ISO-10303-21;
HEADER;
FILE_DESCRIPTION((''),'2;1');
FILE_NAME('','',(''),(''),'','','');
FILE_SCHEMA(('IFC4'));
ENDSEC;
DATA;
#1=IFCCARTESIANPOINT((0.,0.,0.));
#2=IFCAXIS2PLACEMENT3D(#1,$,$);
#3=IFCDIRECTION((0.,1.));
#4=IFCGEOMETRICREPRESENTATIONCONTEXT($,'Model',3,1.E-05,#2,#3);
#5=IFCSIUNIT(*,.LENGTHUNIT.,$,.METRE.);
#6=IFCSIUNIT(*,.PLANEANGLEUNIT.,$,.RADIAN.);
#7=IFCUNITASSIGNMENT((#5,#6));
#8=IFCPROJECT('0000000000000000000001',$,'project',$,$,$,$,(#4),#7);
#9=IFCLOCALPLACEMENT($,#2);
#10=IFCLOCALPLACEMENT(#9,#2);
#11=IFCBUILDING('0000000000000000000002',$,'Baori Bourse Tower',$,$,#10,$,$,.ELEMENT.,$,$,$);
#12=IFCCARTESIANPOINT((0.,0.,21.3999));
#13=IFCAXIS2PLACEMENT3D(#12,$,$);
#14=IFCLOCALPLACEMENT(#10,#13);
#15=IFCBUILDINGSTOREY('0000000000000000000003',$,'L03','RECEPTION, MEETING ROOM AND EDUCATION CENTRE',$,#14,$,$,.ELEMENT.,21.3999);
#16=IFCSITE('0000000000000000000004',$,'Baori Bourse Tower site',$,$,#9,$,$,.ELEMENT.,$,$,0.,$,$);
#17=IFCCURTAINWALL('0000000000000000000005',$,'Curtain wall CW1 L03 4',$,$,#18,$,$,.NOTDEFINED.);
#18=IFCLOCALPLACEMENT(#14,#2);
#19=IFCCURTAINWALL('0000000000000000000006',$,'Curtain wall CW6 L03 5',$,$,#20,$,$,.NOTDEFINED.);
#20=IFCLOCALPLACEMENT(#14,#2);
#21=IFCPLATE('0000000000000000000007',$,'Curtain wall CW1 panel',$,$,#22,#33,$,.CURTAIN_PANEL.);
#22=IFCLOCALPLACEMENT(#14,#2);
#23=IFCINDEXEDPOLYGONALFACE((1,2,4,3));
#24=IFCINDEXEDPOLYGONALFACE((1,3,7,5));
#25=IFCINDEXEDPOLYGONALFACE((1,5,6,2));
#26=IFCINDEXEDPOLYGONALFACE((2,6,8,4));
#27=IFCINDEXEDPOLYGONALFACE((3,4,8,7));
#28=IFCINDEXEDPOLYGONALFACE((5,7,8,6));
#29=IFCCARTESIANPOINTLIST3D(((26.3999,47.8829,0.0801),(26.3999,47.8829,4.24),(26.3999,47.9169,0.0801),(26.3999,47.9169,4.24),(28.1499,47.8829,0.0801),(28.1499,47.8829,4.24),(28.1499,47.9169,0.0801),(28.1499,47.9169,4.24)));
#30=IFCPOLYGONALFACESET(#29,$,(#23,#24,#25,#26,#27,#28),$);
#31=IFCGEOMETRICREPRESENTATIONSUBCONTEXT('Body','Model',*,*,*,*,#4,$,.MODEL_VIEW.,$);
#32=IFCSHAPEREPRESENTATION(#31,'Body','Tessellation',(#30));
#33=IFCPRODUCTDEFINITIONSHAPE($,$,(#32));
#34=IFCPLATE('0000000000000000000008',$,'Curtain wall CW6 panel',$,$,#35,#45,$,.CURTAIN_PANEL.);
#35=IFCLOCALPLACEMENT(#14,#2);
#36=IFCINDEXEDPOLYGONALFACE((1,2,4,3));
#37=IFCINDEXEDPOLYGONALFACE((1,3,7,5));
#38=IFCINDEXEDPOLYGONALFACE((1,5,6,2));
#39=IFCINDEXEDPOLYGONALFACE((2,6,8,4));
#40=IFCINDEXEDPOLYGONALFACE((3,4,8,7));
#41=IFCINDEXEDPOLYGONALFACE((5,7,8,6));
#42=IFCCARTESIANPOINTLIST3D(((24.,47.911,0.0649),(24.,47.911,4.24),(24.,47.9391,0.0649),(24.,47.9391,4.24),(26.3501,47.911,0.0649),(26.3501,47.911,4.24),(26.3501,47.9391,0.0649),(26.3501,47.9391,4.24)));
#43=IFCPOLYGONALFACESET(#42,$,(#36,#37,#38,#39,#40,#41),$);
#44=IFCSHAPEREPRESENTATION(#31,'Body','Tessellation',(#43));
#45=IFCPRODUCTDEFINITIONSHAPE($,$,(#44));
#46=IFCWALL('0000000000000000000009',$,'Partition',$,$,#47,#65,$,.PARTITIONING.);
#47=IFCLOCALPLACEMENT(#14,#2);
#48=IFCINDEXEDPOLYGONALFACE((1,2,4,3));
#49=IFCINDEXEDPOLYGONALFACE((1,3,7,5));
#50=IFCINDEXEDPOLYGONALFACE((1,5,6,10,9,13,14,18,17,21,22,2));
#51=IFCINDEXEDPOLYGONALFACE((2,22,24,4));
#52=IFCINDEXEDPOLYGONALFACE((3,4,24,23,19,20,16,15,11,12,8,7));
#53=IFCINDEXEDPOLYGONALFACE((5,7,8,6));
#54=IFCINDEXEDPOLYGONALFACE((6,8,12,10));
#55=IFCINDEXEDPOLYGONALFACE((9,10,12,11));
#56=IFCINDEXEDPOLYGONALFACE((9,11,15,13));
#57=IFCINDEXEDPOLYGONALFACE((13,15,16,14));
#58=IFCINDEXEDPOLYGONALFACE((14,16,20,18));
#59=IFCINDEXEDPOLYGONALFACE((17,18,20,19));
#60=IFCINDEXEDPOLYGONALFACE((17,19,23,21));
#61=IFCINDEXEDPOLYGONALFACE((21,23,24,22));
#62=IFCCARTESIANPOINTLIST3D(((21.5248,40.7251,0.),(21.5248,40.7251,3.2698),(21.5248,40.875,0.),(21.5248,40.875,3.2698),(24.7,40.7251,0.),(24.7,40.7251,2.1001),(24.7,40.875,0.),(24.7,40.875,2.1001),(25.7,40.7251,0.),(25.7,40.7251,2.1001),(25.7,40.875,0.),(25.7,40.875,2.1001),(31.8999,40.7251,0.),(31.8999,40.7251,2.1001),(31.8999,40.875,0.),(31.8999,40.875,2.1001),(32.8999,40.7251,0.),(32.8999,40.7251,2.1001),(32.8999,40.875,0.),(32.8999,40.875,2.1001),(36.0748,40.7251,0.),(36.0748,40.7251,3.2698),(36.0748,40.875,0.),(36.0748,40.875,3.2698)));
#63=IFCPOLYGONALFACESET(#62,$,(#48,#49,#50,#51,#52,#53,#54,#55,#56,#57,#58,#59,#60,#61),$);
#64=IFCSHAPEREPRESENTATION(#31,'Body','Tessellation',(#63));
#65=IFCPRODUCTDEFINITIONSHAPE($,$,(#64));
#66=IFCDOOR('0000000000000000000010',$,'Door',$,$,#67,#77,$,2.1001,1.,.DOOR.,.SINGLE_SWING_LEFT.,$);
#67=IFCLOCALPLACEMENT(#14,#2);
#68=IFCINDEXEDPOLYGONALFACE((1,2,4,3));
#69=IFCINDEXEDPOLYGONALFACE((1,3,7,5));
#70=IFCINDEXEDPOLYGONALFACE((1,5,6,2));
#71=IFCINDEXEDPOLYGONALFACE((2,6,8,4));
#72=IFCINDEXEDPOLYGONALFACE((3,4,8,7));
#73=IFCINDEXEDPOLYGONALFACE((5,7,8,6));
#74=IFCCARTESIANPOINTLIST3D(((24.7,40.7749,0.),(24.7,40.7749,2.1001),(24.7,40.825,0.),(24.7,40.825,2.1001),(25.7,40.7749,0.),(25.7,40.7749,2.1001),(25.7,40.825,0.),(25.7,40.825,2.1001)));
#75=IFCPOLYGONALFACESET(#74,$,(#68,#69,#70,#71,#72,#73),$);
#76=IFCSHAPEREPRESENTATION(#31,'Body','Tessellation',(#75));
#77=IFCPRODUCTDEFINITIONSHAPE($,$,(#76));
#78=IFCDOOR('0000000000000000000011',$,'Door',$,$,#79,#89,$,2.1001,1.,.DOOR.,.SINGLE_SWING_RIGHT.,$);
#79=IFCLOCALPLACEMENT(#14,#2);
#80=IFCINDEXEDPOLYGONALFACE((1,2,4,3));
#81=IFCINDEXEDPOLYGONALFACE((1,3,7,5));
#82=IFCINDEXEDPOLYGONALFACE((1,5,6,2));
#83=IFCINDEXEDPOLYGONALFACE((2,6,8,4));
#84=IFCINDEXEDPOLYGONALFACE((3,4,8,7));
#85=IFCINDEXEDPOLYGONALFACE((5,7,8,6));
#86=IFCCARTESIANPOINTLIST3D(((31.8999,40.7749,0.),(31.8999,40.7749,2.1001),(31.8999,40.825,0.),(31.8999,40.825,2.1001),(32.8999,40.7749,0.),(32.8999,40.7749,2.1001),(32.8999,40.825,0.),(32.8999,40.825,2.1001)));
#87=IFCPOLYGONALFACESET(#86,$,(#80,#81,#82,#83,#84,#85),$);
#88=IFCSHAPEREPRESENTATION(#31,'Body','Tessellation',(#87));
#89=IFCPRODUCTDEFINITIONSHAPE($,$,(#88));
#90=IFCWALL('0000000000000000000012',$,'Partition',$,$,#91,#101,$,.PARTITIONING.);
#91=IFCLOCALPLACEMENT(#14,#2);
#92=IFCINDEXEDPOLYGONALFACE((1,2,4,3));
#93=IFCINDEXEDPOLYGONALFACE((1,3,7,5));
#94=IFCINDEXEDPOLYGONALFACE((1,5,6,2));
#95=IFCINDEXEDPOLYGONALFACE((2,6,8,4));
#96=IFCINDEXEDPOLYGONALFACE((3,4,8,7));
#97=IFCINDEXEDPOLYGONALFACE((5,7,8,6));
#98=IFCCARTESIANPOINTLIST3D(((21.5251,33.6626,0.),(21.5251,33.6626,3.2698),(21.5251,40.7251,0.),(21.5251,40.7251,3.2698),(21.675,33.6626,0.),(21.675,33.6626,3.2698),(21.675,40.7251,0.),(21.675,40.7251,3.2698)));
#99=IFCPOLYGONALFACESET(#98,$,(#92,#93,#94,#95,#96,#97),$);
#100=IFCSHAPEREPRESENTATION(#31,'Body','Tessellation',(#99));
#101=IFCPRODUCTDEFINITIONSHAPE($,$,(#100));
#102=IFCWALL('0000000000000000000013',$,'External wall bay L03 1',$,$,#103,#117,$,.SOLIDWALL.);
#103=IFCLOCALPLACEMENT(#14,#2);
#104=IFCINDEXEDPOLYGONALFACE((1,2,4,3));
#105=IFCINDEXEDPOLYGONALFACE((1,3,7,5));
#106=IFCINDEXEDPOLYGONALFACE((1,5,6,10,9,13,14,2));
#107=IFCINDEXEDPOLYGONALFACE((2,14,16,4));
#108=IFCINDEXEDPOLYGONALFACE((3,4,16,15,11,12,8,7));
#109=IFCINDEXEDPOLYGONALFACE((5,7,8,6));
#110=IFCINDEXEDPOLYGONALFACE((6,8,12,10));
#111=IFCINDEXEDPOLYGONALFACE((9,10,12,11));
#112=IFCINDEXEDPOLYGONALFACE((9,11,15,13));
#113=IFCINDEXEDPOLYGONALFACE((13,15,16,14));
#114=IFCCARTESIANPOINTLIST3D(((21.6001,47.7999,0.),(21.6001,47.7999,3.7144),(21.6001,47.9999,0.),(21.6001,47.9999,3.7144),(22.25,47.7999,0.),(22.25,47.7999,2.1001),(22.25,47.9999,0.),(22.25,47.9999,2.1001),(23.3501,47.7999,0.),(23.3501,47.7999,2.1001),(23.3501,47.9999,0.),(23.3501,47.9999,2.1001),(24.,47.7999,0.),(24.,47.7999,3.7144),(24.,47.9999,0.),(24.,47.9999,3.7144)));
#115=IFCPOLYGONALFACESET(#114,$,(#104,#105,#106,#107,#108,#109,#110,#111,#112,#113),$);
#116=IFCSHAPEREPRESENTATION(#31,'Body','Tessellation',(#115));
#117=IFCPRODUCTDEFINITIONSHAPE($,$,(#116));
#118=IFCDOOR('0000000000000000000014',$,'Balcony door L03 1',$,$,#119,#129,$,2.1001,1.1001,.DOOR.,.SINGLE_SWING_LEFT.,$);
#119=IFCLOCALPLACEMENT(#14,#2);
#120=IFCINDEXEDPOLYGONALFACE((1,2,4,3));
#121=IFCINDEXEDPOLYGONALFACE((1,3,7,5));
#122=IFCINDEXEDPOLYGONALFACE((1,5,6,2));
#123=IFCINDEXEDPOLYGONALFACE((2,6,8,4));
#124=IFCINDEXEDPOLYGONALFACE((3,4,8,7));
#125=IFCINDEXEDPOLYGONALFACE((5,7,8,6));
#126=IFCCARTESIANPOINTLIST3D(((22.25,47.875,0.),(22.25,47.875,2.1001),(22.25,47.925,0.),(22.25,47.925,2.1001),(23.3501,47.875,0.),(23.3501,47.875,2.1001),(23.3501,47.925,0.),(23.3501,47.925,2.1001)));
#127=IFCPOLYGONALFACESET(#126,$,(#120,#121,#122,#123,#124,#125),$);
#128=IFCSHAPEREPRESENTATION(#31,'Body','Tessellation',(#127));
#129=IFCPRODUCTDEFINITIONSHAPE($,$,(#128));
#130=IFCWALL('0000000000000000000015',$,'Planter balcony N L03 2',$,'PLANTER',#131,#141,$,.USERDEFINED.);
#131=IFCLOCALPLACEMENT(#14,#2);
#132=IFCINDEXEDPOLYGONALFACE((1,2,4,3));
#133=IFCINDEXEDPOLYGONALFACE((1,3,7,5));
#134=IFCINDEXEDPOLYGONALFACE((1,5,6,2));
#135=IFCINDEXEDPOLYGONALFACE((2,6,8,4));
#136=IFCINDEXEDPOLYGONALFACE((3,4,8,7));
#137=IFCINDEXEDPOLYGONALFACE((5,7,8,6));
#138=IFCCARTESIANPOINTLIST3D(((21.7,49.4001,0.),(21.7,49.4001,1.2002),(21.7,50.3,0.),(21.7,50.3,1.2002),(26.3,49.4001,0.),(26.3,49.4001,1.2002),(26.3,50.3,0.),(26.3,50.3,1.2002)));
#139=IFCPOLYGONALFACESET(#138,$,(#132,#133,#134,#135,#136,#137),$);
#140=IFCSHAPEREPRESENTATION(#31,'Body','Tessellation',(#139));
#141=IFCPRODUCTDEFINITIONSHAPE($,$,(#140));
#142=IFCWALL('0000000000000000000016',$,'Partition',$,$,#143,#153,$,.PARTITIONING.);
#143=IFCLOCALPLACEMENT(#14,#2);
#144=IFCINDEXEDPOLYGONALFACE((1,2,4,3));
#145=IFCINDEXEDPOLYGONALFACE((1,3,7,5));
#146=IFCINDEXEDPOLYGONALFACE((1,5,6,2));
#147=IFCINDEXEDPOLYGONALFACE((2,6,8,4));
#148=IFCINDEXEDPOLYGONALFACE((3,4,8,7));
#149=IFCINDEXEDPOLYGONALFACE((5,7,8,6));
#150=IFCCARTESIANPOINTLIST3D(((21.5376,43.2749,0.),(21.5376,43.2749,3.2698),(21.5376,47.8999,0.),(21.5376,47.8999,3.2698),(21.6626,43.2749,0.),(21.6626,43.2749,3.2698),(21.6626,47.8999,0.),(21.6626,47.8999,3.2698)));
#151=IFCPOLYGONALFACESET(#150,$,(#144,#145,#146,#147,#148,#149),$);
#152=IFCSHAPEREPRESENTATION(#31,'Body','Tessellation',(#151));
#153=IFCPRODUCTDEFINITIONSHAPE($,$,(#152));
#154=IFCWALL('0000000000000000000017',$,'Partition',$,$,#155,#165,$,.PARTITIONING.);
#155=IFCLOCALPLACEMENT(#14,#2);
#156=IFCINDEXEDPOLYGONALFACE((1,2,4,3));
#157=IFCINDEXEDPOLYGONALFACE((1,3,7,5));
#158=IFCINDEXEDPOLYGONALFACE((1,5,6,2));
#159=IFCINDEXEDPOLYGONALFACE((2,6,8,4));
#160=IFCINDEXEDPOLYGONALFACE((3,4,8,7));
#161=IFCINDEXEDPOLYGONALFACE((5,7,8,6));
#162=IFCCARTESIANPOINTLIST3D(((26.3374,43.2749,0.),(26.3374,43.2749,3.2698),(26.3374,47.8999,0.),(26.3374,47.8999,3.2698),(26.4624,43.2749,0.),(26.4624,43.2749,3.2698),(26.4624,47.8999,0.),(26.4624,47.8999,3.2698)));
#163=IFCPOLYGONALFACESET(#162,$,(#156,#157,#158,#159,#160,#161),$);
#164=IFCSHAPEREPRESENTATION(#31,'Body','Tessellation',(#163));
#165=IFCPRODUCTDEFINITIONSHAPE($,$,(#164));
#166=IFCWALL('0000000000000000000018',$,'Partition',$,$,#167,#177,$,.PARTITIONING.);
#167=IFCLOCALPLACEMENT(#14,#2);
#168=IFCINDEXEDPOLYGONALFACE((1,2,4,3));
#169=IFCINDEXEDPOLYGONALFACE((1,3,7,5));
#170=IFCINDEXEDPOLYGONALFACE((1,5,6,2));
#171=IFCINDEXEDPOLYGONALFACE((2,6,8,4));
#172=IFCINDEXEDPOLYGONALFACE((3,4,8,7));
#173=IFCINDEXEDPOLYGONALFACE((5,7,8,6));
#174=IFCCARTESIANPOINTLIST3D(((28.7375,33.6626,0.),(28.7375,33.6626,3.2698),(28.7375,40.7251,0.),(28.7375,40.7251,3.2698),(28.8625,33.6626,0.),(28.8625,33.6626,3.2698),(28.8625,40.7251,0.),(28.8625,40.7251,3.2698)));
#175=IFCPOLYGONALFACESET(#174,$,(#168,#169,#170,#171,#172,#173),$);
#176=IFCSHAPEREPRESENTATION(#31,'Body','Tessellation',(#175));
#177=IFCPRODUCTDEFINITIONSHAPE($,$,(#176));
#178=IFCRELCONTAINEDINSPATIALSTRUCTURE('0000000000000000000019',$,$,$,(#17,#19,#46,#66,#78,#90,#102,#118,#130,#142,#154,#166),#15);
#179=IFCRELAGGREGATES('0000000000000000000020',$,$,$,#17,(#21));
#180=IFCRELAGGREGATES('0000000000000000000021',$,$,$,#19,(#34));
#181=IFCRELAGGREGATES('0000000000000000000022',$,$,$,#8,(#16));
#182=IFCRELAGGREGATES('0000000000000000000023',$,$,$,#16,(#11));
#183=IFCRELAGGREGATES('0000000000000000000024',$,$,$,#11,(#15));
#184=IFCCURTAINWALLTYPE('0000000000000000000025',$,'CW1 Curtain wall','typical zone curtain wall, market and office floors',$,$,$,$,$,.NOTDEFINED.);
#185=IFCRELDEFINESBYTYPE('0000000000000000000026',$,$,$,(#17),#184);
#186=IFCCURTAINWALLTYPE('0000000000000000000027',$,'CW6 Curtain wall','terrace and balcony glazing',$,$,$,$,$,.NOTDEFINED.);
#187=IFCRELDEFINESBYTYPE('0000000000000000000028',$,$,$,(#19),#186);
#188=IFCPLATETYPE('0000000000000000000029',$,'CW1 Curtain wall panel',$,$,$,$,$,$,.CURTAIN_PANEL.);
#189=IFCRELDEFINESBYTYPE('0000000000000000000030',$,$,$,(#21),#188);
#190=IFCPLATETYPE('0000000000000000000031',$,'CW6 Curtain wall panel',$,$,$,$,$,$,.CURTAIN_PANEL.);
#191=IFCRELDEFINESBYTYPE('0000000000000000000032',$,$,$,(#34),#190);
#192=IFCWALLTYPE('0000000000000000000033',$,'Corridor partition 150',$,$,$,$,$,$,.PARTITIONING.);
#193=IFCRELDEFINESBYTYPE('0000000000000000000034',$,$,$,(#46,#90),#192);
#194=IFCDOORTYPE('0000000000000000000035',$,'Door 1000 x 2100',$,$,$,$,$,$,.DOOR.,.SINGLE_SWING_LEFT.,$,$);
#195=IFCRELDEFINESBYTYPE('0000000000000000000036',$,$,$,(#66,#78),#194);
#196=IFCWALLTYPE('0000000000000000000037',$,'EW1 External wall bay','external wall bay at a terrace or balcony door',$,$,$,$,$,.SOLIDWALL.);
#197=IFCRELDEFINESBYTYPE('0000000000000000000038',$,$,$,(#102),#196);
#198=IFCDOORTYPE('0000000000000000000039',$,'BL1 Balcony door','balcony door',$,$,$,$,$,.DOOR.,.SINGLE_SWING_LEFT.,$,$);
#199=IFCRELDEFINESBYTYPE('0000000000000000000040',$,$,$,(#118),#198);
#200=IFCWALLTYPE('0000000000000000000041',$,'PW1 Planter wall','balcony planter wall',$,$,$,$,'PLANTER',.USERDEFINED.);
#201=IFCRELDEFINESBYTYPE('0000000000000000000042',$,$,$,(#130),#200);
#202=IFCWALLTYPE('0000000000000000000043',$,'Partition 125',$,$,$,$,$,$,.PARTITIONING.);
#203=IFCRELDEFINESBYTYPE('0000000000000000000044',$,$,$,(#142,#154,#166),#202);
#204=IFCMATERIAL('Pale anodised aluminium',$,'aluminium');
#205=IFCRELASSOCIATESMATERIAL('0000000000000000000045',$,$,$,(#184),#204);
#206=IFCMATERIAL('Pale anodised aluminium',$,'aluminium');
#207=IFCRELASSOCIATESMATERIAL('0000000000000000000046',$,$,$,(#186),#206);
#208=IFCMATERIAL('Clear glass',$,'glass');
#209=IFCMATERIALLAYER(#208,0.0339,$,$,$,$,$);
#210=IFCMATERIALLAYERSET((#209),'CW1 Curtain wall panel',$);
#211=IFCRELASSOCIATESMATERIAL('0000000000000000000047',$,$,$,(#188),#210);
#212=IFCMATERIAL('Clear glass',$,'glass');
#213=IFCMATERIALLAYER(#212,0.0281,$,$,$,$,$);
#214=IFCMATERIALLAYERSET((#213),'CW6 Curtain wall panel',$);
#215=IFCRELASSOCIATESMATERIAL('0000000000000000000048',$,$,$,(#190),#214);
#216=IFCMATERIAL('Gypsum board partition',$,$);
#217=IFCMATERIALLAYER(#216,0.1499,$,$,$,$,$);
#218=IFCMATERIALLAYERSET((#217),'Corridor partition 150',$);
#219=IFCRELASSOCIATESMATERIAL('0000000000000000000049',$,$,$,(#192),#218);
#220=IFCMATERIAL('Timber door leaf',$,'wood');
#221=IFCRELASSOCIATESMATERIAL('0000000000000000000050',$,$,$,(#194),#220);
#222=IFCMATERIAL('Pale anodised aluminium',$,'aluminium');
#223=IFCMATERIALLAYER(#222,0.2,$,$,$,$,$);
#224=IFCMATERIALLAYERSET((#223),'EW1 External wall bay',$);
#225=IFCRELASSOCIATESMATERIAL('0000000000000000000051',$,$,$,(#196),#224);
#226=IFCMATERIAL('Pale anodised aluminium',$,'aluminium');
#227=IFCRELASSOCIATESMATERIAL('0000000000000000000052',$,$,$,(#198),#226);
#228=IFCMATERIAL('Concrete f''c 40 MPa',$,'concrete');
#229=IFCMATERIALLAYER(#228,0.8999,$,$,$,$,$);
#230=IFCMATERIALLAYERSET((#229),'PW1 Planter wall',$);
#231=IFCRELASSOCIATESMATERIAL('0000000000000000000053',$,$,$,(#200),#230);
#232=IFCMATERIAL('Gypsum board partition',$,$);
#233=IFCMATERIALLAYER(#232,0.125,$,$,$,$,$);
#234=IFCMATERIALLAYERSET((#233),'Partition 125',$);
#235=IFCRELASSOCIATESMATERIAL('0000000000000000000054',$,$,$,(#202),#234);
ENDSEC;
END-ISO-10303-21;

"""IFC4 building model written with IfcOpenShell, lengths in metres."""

from ifc_helpers import new_model, si_unit, direction, frame, frame_2d, origin, origin_2d, place, context, subcontext, project, spatial, rectangle, extrude, material, layer, layer_set, type_object, element, fill, aggregate, save


model = new_model("IFC4")

# Units and contexts
model_context = context("Model", 3, precision=1e-05, world=origin(), true_north=direction((0.0, 1.0)))
body_context = subcontext(model_context, "Body", "Model", "MODEL_VIEW")
ifc_project = project(units=[si_unit("LENGTHUNIT", "METRE"), si_unit("PLANEANGLEUNIT", "RADIAN")], contexts=[model_context])

# Site, building, storey
site_placement = place(None, origin())
site = spatial("IfcSite", under=ifc_project, at=site_placement, Name="Baori Bourse Tower site", CompositionType="ELEMENT", RefElevation=0.0)
building_placement = place(site_placement, origin())
building = spatial("IfcBuilding", under=site, at=building_placement, Name="Baori Bourse Tower", CompositionType="ELEMENT")
storey_placement = place(building_placement, frame((0.0, 0.0, 21.3999)))
storey = spatial("IfcBuildingStorey", under=building, at=storey_placement, Name="L03", Description="RECEPTION, MEETING ROOM AND EDUCATION CENTRE", CompositionType="ELEMENT", Elevation=21.3999)

# Curtain wall
ifc_material_1 = material(Name="Pale anodised aluminium", Category="aluminium")
curtain_wall_type_1 = type_object("IfcCurtainWallType", Name="CW1 Curtain wall", Description="typical zone curtain wall, market and office floors", PredefinedType="NOTDEFINED", material=ifc_material_1)
curtain_wall_1_placement = place(storey_placement, origin())
curtain_wall_1 = element("IfcCurtainWall", 1, at=curtain_wall_1_placement, inside=storey, type_object=curtain_wall_type_1, Name="Curtain wall CW1 L03 4", PredefinedType="NOTDEFINED")

# Curtain wall
ifc_material_2 = material(Name="Pale anodised aluminium", Category="aluminium")
curtain_wall_type_2 = type_object("IfcCurtainWallType", Name="CW6 Curtain wall", Description="terrace and balcony glazing", PredefinedType="NOTDEFINED", material=ifc_material_2)
curtain_wall_2_placement = place(storey_placement, origin())
curtain_wall_2 = element("IfcCurtainWall", 2, at=curtain_wall_2_placement, inside=storey, type_object=curtain_wall_type_2, Name="Curtain wall CW6 L03 5", PredefinedType="NOTDEFINED")

# Plates
ifc_material_3 = material(Name="Clear glass", Category="glass")
ifc_layer_1 = layer(ifc_material_3, 0.0339)
ifc_layer_set_1 = layer_set([ifc_layer_1], Name="CW1 Curtain wall panel")
plate_type_1 = type_object("IfcPlateType", Name="CW1 Curtain wall panel", PredefinedType="CURTAIN_PANEL", material=ifc_layer_set_1)
plate_1_placement = place(storey_placement, frame((27.2749, 47.8999, 0.0801), z_axis=(0.0, 0.0, 1.0), x_axis=(-1.0, 0.0, 0.0)))
plate_1 = element("IfcPlate", 3, at=plate_1_placement, type_object=plate_type_1, Name="Curtain wall CW1 panel", PredefinedType="CURTAIN_PANEL", context=body_context, shape_type="SweptSolid", body=[
    extrude(rectangle(XDim=1.75, YDim=0.0339, at=origin_2d()), origin(), (0.0, 0.0, 1.0), 4.1599),
])
aggregate(curtain_wall_1, [plate_1])
ifc_material_4 = material(Name="Clear glass", Category="glass")
ifc_layer_2 = layer(ifc_material_4, 0.0281)
ifc_layer_set_2 = layer_set([ifc_layer_2], Name="CW6 Curtain wall panel")
plate_type_2 = type_object("IfcPlateType", Name="CW6 Curtain wall panel", PredefinedType="CURTAIN_PANEL", material=ifc_layer_set_2)
plate_2_placement = place(storey_placement, frame((25.175, 47.925, 0.0649), z_axis=(0.0, 0.0, 1.0), x_axis=(-1.0, 0.0, 0.0)))
plate_2 = element("IfcPlate", 4, at=plate_2_placement, type_object=plate_type_2, Name="Curtain wall CW6 panel", PredefinedType="CURTAIN_PANEL", context=body_context, shape_type="SweptSolid", body=[
    extrude(rectangle(XDim=2.3501, YDim=0.0281, at=origin_2d()), origin(), (0.0, 0.0, 1.0), 4.175),
])
aggregate(curtain_wall_2, [plate_2])

# Wall, openings, doors
ifc_material_5 = material(Name="Gypsum board partition")
ifc_layer_3 = layer(ifc_material_5, 0.1499)
ifc_layer_set_3 = layer_set([ifc_layer_3], Name="Corridor partition 150")
wall_type_1 = type_object("IfcWallType", Name="Corridor partition 150", PredefinedType="PARTITIONING", material=ifc_layer_set_3)
wall_1_placement = place(storey_placement, frame((21.5249, 40.8, 0.0), z_axis=(0.0, 0.0, 1.0), x_axis=(1.0, 0.0, 0.0)))
wall_1 = element("IfcWall", 5, at=wall_1_placement, inside=storey, type_object=wall_type_1, Name="Partition", PredefinedType="PARTITIONING", context=body_context, shape_type="SweptSolid", body=[
    extrude(rectangle(XDim=14.55, YDim=0.1499, at=frame_2d((7.2749, 0.0))), origin(), (0.0, 0.0, 1.0), 3.2698),
])
opening_1_placement = place(wall_1_placement, frame((3.175, 0.0, 0.0)))
opening_1 = element("IfcOpeningElement", 6, at=opening_1_placement, cuts=wall_1, PredefinedType="OPENING", context=body_context, shape_type="SweptSolid", body=[
    extrude(rectangle(XDim=1.0, YDim=2.1001, at=frame_2d((0.5, 1.05))), frame((0.0, 0.085, 0.0), z_axis=(0.0, -1.0, 0.0), x_axis=(1.0, 0.0, 0.0)), (0.0, 0.0, 1.0), 0.1699),
])
opening_2_placement = place(wall_1_placement, frame((10.375, 0.0, 0.0)))
opening_2 = element("IfcOpeningElement", 7, at=opening_2_placement, cuts=wall_1, PredefinedType="OPENING", context=body_context, shape_type="SweptSolid", body=[
    extrude(rectangle(XDim=1.0, YDim=2.1001, at=frame_2d((0.5, 1.05))), frame((0.0, 0.085, 0.0), z_axis=(0.0, -1.0, 0.0), x_axis=(1.0, 0.0, 0.0)), (0.0, 0.0, 1.0), 0.1699),
])
ifc_material_6 = material(Name="Timber door leaf", Category="wood")
door_type_1 = type_object("IfcDoorType", Name="Door 1000 x 2100", OperationType="SINGLE_SWING_LEFT", PredefinedType="DOOR", material=ifc_material_6)
door_1_placement = place(opening_1_placement, origin())
door_1 = element("IfcDoor", 8, at=door_1_placement, inside=storey, type_object=door_type_1, Name="Door", OperationType="SINGLE_SWING_LEFT", OverallHeight=2.1001, OverallWidth=1.0, PredefinedType="DOOR", context=body_context, shape_type="SweptSolid", body=[
    extrude(rectangle(XDim=1.0, YDim=2.1001, at=frame_2d((0.5, 1.05))), frame((0.0, 0.0249, 0.0), z_axis=(0.0, -1.0, 0.0), x_axis=(1.0, 0.0, 0.0)), (0.0, 0.0, 1.0), 0.05),
])
fill(opening_1, door_1)
door_2_placement = place(opening_2_placement, origin())
door_2 = element("IfcDoor", 9, at=door_2_placement, inside=storey, type_object=door_type_1, Name="Door", OperationType="SINGLE_SWING_RIGHT", OverallHeight=2.1001, OverallWidth=1.0, PredefinedType="DOOR", context=body_context, shape_type="SweptSolid", body=[
    extrude(rectangle(XDim=1.0, YDim=2.1001, at=frame_2d((0.5, 1.05))), frame((0.0, 0.0249, 0.0), z_axis=(0.0, -1.0, 0.0), x_axis=(1.0, 0.0, 0.0)), (0.0, 0.0, 1.0), 0.05),
])
fill(opening_2, door_2)

# Wall
wall_2_placement = place(storey_placement, frame((21.6001, 33.6626, 0.0), z_axis=(0.0, 0.0, 1.0), x_axis=(0.0, 1.0, 0.0)))
element("IfcWall", 10, at=wall_2_placement, inside=storey, type_object=wall_type_1, Name="Partition", PredefinedType="PARTITIONING", context=body_context, shape_type="SweptSolid", body=[
    extrude(rectangle(XDim=7.0625, YDim=0.1499, at=frame_2d((3.5312, 0.0))), origin(), (0.0, 0.0, 1.0), 3.2698),
])

# Wall, opening, door
ifc_material_7 = material(Name="Pale anodised aluminium", Category="aluminium")
ifc_layer_4 = layer(ifc_material_7, 0.2)
ifc_layer_set_4 = layer_set([ifc_layer_4], Name="EW1 External wall bay")
wall_type_2 = type_object("IfcWallType", Name="EW1 External wall bay", Description="external wall bay at a terrace or balcony door", PredefinedType="SOLIDWALL", material=ifc_layer_set_4)
wall_3_placement = place(storey_placement, frame((24.0, 47.8999, 0.0), z_axis=(0.0, 0.0, 1.0), x_axis=(-1.0, 0.0, 0.0)))
wall_3 = element("IfcWall", 11, at=wall_3_placement, inside=storey, type_object=wall_type_2, Name="External wall bay L03 1", PredefinedType="SOLIDWALL", context=body_context, shape_type="SweptSolid", body=[
    extrude(rectangle(XDim=2.3999, YDim=0.2, at=frame_2d((1.2, 0.0))), origin(), (0.0, 0.0, 1.0), 3.7144),
])
opening_3_placement = place(wall_3_placement, frame((0.6499, 0.0, 0.0)))
opening_3 = element("IfcOpeningElement", 12, at=opening_3_placement, cuts=wall_3, PredefinedType="OPENING", context=body_context, shape_type="SweptSolid", body=[
    extrude(rectangle(XDim=1.1001, YDim=2.1001, at=frame_2d((0.55, 1.05))), frame((0.0, 0.1099, 0.0), z_axis=(0.0, -1.0, 0.0), x_axis=(1.0, 0.0, 0.0)), (0.0, 0.0, 1.0), 0.22),
])
ifc_material_8 = material(Name="Pale anodised aluminium", Category="aluminium")
door_type_2 = type_object("IfcDoorType", Name="BL1 Balcony door", Description="balcony door", OperationType="SINGLE_SWING_LEFT", PredefinedType="DOOR", material=ifc_material_8)
door_3_placement = place(opening_3_placement, origin())
door_3 = element("IfcDoor", 13, at=door_3_placement, inside=storey, type_object=door_type_2, Name="Balcony door L03 1", OperationType="SINGLE_SWING_LEFT", OverallHeight=2.1001, OverallWidth=1.1001, PredefinedType="DOOR", context=body_context, shape_type="SweptSolid", body=[
    extrude(rectangle(XDim=1.1001, YDim=2.1001, at=frame_2d((0.55, 1.05))), frame((0.0, 0.0249, 0.0), z_axis=(0.0, -1.0, 0.0), x_axis=(1.0, 0.0, 0.0)), (0.0, 0.0, 1.0), 0.05),
])
fill(opening_3, door_3)

# Walls
ifc_material_9 = material(Name="Concrete f'c 40 MPa", Category="concrete")
ifc_layer_5 = layer(ifc_material_9, 0.8999)
ifc_layer_set_5 = layer_set([ifc_layer_5], Name="PW1 Planter wall")
wall_type_3 = type_object("IfcWallType", Name="PW1 Planter wall", Description="balcony planter wall", ElementType="PLANTER", PredefinedType="USERDEFINED", material=ifc_layer_set_5)
wall_4_placement = place(storey_placement, frame((21.7, 49.8501, 0.0), z_axis=(0.0, 0.0, 1.0), x_axis=(1.0, 0.0, 0.0)))
element("IfcWall", 14, at=wall_4_placement, inside=storey, type_object=wall_type_3, Name="Planter balcony N L03 2", ObjectType="PLANTER", PredefinedType="USERDEFINED", context=body_context, shape_type="SweptSolid", body=[
    extrude(rectangle(XDim=4.6001, YDim=0.8999, at=frame_2d((2.3, 0.0))), origin(), (0.0, 0.0, 1.0), 1.2002),
])
ifc_material_10 = material(Name="Gypsum board partition")
ifc_layer_6 = layer(ifc_material_10, 0.125)
ifc_layer_set_6 = layer_set([ifc_layer_6], Name="Partition 125")
wall_type_4 = type_object("IfcWallType", Name="Partition 125", PredefinedType="PARTITIONING", material=ifc_layer_set_6)
for number, where, z_axis, x_axis, name in (
    (15, (21.6001, 43.2749, 0.0), (0.0, 0.0, 1.0), (0.0, 1.0, 0.0), "Partition"),
    (16, (26.3999, 43.2749, 0.0), (0.0, 0.0, 1.0), (0.0, 1.0, 0.0), "Partition"),
):
    element("IfcWall", number, at=place(storey_placement, frame(where, z_axis=z_axis, x_axis=x_axis)), inside=storey, type_object=wall_type_4, Name=name, PredefinedType="PARTITIONING", context=body_context, shape_type="SweptSolid", body=[
        extrude(rectangle(XDim=4.625, YDim=0.125, at=frame_2d((2.3125, 0.0))), origin(), (0.0, 0.0, 1.0), 3.2698),
    ])
wall_5_placement = place(storey_placement, frame((28.8, 33.6626, 0.0), z_axis=(0.0, 0.0, 1.0), x_axis=(0.0, 1.0, 0.0)))
element("IfcWall", 17, at=wall_5_placement, inside=storey, type_object=wall_type_4, Name="Partition", PredefinedType="PARTITIONING", context=body_context, shape_type="SweptSolid", body=[
    extrude(rectangle(XDim=7.0625, YDim=0.125, at=frame_2d((3.5312, 0.0))), origin(), (0.0, 0.0, 1.0), 3.2698),
])

save(model, "model.ifc")
